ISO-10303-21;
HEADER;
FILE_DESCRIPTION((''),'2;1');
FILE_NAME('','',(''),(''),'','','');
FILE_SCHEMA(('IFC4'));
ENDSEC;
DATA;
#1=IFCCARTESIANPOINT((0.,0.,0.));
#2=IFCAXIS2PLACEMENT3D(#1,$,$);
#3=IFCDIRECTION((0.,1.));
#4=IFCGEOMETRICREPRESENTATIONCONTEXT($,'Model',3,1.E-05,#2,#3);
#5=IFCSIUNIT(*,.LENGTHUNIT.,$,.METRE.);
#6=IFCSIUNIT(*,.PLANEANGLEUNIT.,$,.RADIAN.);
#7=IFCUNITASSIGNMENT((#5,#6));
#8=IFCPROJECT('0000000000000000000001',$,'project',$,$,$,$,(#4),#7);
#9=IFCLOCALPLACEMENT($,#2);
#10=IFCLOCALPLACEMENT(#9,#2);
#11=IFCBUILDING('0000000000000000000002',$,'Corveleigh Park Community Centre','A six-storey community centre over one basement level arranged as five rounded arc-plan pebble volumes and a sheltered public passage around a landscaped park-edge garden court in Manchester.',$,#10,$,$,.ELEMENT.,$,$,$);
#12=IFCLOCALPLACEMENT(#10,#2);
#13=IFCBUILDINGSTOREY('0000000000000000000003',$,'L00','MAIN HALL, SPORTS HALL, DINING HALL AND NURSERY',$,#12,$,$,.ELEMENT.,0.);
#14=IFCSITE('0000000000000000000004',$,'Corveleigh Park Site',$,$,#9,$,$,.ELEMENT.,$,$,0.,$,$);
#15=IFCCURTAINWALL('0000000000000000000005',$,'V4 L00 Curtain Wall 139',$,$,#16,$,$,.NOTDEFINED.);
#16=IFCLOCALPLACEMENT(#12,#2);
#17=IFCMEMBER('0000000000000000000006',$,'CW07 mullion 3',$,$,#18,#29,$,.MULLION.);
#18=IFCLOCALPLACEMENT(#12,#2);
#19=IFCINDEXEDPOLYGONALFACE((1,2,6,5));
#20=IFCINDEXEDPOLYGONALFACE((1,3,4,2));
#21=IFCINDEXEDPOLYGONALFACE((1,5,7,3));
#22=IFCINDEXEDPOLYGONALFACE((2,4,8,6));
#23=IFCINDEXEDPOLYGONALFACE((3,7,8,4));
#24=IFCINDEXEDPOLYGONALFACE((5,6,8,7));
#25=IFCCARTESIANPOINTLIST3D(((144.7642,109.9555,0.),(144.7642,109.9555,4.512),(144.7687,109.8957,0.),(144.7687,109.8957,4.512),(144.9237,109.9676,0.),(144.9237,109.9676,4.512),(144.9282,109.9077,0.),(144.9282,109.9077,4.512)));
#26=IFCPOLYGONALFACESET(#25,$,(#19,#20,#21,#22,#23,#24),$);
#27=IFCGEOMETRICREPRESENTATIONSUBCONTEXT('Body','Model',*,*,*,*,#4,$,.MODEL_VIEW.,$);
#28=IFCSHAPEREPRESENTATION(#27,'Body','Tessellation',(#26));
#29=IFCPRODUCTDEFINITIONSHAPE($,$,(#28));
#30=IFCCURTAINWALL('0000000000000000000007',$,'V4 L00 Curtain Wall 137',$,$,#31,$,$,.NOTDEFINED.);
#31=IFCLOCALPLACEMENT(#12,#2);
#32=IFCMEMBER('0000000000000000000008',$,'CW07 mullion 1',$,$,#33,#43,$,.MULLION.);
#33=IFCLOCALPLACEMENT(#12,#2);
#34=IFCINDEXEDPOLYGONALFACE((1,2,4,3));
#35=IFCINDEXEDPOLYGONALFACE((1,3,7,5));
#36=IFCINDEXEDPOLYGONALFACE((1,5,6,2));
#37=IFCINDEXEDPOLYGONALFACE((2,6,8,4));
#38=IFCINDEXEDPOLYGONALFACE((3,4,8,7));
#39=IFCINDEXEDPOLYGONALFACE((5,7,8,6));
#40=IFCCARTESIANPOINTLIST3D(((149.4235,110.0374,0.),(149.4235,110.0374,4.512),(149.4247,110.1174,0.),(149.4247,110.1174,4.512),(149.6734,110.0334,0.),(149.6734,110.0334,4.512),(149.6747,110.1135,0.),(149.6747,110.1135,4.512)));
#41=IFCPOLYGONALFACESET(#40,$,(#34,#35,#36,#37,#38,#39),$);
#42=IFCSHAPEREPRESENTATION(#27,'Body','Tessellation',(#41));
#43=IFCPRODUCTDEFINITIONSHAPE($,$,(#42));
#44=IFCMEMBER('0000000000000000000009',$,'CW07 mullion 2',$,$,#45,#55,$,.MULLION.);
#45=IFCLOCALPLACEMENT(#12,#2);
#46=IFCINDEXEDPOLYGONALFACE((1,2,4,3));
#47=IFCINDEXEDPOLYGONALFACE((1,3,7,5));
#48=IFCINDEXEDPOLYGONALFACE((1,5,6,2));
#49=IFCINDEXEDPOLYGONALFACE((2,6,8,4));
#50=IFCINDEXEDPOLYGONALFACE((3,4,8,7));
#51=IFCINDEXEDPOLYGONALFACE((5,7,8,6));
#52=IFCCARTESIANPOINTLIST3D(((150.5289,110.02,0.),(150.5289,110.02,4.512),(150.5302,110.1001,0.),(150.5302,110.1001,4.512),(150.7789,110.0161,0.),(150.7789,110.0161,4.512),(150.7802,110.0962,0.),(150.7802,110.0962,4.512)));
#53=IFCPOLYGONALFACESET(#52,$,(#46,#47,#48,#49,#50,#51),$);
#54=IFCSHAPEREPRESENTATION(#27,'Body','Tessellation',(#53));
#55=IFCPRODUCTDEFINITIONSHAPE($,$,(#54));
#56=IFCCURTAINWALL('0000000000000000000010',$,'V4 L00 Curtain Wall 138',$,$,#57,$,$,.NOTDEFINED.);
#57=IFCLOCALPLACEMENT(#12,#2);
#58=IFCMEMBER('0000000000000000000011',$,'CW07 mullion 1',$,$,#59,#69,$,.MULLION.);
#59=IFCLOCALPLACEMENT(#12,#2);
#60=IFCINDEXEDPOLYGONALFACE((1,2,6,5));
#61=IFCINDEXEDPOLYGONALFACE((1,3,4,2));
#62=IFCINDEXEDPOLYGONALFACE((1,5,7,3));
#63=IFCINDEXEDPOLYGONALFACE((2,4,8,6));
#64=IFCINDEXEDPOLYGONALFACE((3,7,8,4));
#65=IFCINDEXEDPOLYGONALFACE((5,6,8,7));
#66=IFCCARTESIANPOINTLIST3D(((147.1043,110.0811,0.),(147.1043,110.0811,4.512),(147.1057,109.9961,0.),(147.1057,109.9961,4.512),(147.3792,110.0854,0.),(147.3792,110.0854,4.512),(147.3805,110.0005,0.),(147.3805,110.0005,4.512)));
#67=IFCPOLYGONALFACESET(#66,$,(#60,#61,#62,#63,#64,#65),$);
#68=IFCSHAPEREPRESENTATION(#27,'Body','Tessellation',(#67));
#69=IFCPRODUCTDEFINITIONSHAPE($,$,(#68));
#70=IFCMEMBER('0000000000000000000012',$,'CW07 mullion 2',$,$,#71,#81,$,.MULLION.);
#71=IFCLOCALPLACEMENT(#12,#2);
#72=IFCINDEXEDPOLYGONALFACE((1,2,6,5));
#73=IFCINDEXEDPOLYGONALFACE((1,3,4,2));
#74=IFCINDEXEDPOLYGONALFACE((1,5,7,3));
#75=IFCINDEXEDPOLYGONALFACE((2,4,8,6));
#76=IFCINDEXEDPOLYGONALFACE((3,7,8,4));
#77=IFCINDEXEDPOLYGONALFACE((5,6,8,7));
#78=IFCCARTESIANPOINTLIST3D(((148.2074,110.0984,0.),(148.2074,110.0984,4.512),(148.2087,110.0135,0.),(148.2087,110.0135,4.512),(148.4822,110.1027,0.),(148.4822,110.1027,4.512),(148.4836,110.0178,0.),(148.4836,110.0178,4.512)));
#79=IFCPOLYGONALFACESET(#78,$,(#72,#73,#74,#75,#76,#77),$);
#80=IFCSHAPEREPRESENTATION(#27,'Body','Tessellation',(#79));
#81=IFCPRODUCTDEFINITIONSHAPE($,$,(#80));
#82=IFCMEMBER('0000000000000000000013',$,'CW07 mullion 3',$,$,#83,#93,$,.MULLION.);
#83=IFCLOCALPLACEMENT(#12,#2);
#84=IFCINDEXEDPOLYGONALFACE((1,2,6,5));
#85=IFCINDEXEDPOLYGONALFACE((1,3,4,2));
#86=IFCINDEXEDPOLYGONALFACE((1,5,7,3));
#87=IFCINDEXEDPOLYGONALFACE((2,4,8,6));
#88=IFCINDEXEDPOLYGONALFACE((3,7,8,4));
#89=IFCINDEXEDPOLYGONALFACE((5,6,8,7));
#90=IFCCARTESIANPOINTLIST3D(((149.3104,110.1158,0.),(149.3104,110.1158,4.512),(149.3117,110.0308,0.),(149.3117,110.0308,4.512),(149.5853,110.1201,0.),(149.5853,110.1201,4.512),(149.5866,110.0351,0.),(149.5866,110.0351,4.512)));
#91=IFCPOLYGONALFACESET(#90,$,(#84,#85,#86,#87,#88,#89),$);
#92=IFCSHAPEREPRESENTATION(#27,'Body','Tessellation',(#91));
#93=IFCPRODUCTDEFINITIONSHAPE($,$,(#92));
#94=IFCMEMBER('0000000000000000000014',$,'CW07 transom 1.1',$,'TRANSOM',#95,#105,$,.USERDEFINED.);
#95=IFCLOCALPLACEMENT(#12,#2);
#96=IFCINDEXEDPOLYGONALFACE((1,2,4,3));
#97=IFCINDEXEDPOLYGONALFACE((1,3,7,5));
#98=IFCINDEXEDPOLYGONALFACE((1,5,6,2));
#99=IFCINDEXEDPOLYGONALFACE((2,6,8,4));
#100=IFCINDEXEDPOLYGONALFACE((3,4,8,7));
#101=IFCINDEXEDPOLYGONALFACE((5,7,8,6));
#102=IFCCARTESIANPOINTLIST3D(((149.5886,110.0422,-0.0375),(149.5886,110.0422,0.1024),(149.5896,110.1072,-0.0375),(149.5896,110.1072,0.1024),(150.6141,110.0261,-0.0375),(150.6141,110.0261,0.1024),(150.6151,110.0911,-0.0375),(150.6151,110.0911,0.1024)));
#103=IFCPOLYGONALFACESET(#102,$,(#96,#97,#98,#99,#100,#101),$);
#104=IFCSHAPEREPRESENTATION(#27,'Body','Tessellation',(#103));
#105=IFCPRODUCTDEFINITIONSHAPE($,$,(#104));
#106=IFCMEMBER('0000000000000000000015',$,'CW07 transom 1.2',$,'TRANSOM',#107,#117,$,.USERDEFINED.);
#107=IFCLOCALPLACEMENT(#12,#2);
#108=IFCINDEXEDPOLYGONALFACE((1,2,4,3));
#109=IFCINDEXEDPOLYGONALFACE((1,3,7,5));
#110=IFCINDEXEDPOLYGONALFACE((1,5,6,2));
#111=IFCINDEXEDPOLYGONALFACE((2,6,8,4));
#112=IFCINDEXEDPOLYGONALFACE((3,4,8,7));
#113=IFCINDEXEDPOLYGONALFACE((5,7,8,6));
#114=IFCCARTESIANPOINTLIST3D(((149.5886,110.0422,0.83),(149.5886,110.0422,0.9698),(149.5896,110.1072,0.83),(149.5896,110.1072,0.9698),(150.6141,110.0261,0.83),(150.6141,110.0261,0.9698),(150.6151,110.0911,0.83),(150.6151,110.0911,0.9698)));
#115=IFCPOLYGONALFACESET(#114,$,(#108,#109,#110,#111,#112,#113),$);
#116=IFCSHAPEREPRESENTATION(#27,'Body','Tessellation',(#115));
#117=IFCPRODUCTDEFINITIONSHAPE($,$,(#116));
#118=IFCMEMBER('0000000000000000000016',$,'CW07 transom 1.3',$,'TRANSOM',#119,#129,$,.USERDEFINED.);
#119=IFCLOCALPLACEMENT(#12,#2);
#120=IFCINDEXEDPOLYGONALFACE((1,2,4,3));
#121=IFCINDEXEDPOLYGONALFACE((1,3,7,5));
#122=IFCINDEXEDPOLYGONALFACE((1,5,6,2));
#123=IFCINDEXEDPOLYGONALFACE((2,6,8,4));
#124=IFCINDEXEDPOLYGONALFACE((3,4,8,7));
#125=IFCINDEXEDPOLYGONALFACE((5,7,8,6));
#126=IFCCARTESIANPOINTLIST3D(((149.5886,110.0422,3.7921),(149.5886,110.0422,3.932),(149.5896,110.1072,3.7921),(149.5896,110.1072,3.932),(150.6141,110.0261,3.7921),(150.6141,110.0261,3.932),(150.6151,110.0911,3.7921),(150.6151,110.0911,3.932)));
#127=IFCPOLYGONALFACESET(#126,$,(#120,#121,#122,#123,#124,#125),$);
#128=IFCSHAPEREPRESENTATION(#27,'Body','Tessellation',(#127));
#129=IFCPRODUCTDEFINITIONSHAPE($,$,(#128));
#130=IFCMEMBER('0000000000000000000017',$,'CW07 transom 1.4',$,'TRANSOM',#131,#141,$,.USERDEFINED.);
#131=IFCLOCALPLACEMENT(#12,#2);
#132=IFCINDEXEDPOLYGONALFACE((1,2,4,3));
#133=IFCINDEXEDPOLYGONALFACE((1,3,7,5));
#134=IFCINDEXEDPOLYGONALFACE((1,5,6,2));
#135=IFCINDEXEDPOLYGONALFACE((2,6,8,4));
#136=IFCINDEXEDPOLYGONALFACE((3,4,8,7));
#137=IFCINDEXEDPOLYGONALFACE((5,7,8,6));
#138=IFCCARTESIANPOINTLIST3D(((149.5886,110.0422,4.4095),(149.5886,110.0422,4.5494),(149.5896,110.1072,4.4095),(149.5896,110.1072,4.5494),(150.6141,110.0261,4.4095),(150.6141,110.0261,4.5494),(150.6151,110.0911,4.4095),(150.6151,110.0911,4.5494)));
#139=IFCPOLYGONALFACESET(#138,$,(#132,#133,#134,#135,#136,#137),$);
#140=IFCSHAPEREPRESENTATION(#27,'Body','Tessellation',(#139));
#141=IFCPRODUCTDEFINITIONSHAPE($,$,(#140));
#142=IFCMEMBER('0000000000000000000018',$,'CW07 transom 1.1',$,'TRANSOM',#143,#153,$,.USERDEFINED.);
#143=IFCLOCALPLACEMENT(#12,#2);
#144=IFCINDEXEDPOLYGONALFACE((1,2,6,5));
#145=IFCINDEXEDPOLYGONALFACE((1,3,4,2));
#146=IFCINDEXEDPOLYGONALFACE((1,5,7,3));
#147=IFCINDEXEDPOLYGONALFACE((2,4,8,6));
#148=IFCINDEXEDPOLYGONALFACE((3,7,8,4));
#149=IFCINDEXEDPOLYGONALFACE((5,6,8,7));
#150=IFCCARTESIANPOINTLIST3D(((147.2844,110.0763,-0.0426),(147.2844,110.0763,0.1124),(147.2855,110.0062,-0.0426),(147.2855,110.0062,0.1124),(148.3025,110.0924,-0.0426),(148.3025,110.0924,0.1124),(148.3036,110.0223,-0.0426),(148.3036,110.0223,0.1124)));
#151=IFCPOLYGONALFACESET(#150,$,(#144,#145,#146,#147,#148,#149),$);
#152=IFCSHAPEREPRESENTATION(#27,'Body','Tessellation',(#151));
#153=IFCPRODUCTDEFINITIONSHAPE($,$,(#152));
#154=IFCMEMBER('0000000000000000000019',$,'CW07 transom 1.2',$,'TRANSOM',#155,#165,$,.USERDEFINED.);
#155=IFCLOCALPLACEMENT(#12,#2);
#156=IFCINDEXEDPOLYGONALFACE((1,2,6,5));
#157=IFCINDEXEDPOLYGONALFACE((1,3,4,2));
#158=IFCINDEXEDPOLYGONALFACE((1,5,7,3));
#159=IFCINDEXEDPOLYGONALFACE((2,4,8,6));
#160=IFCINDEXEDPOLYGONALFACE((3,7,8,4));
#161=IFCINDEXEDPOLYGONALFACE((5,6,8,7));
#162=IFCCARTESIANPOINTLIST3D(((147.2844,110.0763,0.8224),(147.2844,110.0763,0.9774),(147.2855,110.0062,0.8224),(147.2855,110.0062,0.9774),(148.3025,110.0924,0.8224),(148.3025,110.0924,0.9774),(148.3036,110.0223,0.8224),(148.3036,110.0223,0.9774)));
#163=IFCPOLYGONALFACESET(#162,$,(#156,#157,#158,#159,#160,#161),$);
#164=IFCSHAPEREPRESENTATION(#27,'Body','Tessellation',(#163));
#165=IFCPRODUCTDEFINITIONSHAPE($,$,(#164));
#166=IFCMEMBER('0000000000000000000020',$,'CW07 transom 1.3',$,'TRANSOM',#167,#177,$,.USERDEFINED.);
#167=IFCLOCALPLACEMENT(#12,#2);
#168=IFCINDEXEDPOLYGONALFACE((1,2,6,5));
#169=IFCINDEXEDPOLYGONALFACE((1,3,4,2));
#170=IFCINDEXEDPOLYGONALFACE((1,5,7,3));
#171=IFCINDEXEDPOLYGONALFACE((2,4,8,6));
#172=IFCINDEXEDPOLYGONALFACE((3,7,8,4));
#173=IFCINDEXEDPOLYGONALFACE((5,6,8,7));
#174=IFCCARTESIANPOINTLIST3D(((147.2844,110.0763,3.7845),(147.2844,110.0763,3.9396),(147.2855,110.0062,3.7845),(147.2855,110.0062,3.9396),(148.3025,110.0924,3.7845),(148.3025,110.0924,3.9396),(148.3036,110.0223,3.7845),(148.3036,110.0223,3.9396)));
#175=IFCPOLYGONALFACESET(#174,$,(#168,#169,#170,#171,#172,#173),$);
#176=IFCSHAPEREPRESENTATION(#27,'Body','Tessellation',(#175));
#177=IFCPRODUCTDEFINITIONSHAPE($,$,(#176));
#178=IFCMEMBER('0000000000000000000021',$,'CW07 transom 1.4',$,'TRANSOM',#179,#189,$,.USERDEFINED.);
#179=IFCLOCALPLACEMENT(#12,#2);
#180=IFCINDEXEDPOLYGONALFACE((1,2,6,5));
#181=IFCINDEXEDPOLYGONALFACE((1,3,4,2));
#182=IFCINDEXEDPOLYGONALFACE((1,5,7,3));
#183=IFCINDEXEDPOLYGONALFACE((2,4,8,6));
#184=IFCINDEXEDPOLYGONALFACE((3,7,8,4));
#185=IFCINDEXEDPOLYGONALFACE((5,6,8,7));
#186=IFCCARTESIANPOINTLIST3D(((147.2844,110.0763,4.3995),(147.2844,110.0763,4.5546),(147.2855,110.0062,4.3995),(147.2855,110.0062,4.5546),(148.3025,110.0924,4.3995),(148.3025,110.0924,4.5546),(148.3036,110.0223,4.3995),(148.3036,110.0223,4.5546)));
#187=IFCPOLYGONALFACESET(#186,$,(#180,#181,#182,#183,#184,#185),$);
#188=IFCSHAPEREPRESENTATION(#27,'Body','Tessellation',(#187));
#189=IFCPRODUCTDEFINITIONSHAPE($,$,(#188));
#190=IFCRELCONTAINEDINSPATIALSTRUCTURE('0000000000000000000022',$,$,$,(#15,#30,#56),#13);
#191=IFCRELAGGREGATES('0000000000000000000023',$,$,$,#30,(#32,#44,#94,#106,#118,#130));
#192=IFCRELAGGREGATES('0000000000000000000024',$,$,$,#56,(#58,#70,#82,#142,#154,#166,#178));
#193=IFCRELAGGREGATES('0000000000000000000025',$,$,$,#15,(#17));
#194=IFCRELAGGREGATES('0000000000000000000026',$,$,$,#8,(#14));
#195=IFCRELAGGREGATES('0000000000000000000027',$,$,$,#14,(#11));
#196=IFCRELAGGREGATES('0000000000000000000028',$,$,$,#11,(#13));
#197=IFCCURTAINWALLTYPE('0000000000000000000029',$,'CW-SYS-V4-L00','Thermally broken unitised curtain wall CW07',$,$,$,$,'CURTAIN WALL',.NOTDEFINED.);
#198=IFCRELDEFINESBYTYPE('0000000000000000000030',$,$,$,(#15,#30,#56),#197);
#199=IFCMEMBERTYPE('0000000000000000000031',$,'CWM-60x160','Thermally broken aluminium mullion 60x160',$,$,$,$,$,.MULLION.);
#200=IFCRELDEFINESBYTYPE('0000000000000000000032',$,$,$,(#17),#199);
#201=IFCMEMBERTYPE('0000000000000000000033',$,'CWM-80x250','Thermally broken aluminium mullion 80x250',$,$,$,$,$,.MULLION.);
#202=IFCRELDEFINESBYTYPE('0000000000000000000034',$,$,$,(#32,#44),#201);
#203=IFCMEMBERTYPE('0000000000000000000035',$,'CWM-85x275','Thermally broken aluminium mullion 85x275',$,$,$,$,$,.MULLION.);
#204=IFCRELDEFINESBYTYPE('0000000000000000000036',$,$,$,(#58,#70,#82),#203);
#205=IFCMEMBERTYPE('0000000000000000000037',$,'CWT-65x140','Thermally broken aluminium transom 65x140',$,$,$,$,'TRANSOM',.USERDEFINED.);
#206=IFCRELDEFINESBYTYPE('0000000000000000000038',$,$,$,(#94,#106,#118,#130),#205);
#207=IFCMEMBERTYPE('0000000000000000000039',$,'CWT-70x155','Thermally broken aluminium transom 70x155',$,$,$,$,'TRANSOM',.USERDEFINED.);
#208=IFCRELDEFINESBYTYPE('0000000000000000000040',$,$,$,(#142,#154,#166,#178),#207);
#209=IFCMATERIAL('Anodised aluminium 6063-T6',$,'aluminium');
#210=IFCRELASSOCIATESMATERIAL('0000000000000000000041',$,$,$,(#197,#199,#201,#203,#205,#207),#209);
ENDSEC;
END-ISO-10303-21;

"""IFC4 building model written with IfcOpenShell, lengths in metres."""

from ifc_helpers import new_model, si_unit, direction, frame, origin, origin_2d, place, context, subcontext, project, spatial, rectangle, extrude, material, material_profile, profile_set, type_object, element, aggregate, save


model = new_model("IFC4")

# Units and contexts
model_context = context("Model", 3, precision=1e-05, world=origin(), true_north=direction((0.0, 1.0)))
body_context = subcontext(model_context, "Body", "Model", "MODEL_VIEW")
ifc_project = project(units=[si_unit("LENGTHUNIT", "METRE"), si_unit("PLANEANGLEUNIT", "RADIAN")], contexts=[model_context])

# Site, building, storey
site_placement = place(None, origin())
site = spatial("IfcSite", under=ifc_project, at=site_placement, Name="Corveleigh Park Site", CompositionType="ELEMENT", RefElevation=0.0)
building_placement = place(site_placement, origin())
building = spatial("IfcBuilding", under=site, at=building_placement, Name="Corveleigh Park Community Centre", Description="A six-storey community centre over one basement level arranged as five rounded arc-plan pebble volumes and a sheltered public passage around a landscaped park-edge garden court in Manchester.", CompositionType="ELEMENT")
storey_placement = place(building_placement, origin())
storey = spatial("IfcBuildingStorey", under=building, at=storey_placement, Name="L00", Description="MAIN HALL, SPORTS HALL, DINING HALL AND NURSERY", CompositionType="ELEMENT", Elevation=0.0)

# Curtain wall, member
ifc_material_1 = material(Name="Anodised aluminium 6063-T6", Category="aluminium")
curtain_wall_type = type_object("IfcCurtainWallType", Name="CW-SYS-V4-L00", Description="Thermally broken unitised curtain wall CW07", ElementType="CURTAIN WALL", PredefinedType="NOTDEFINED", material=ifc_material_1)
curtain_wall_1_placement = place(storey_placement, origin())
curtain_wall_1 = element("IfcCurtainWall", 1, at=curtain_wall_1_placement, inside=storey, type_object=curtain_wall_type, Name="V4 L00 Curtain Wall 139", PredefinedType="NOTDEFINED")
ifc_material_profile_1 = material_profile(ifc_material_1, rectangle(XDim=0.0601, YDim=0.1599, at=origin_2d()), Name="ALU-M60x160", Category="aluminium")
ifc_profile_set_1 = profile_set([ifc_material_profile_1], Name="Anodised aluminium 6063-T6")
member_type_1 = type_object("IfcMemberType", Name="CWM-60x160", Description="Thermally broken aluminium mullion 60x160", PredefinedType="MULLION", material=ifc_profile_set_1)
member_1_placement = place(storey_placement, frame((144.8462, 109.9316, 0.0), z_axis=(0.0, 0.0, 1.0), x_axis=(-0.075528, 0.997144, 0.0)))
member_1 = element("IfcMember", 2, at=member_1_placement, type_object=member_type_1, Name="CW07 mullion 3", PredefinedType="MULLION", context=body_context, shape_type="SweptSolid", body=[
    extrude(rectangle(XDim=0.0601, YDim=0.1599, at=origin_2d()), origin(), (0.0, 0.0, 1.0), 4.512),
])

# Curtain walls, members
curtain_wall_2_placement = place(storey_placement, origin())
curtain_wall_2 = element("IfcCurtainWall", 3, at=curtain_wall_2_placement, inside=storey, type_object=curtain_wall_type, Name="V4 L00 Curtain Wall 137", PredefinedType="NOTDEFINED")
ifc_material_profile_2 = material_profile(ifc_material_1, rectangle(XDim=0.0801, YDim=0.25, at=origin_2d()), Name="ALU-M80x250", Category="aluminium")
ifc_profile_set_2 = profile_set([ifc_material_profile_2], Name="Anodised aluminium 6063-T6")
member_type_2 = type_object("IfcMemberType", Name="CWM-80x250", Description="Thermally broken aluminium mullion 80x250", PredefinedType="MULLION", material=ifc_profile_set_2)
member_2_placement = place(storey_placement, frame((149.5491, 110.0754, 0.0), z_axis=(0.0, 0.0, 1.0), x_axis=(0.015712, 0.999877, 0.0)))
member_2 = element("IfcMember", 4, at=member_2_placement, type_object=member_type_2, Name="CW07 mullion 1", PredefinedType="MULLION", context=body_context, shape_type="SweptSolid", body=[
    extrude(rectangle(XDim=0.0801, YDim=0.25, at=origin_2d()), origin(), (0.0, 0.0, 1.0), 4.512),
])
member_3_placement = place(storey_placement, frame((150.6545, 110.0581, 0.0), z_axis=(0.0, 0.0, 1.0), x_axis=(0.015712, 0.999877, 0.0)))
member_3 = element("IfcMember", 5, at=member_3_placement, type_object=member_type_2, Name="CW07 mullion 2", PredefinedType="MULLION", context=body_context, shape_type="SweptSolid", body=[
    extrude(rectangle(XDim=0.0801, YDim=0.25, at=origin_2d()), origin(), (0.0, 0.0, 1.0), 4.512),
])
curtain_wall_3_placement = place(storey_placement, origin())
curtain_wall_3 = element("IfcCurtainWall", 6, at=curtain_wall_3_placement, inside=storey, type_object=curtain_wall_type, Name="V4 L00 Curtain Wall 138", PredefinedType="NOTDEFINED")
ifc_material_profile_3 = material_profile(ifc_material_1, rectangle(XDim=0.085, YDim=0.2749, at=origin_2d()), Name="ALU-M85x275", Category="aluminium")
ifc_profile_set_3 = profile_set([ifc_material_profile_3], Name="Anodised aluminium 6063-T6")
member_type_3 = type_object("IfcMemberType", Name="CWM-85x275", Description="Thermally broken aluminium mullion 85x275", PredefinedType="MULLION", material=ifc_profile_set_3)
member_4_placement = place(storey_placement, frame((147.2424, 110.0408, 0.0), z_axis=(0.0, 0.0, 1.0), x_axis=(-0.015712, 0.999877, 0.0)))
member_4 = element("IfcMember", 7, at=member_4_placement, type_object=member_type_3, Name="CW07 mullion 1", PredefinedType="MULLION", context=body_context, shape_type="SweptSolid", body=[
    extrude(rectangle(XDim=0.085, YDim=0.2749, at=origin_2d()), origin(), (0.0, 0.0, 1.0), 4.512),
])
member_5_placement = place(storey_placement, frame((148.3455, 110.0581, 0.0), z_axis=(0.0, 0.0, 1.0), x_axis=(-0.015712, 0.999877, 0.0)))
member_5 = element("IfcMember", 8, at=member_5_placement, type_object=member_type_3, Name="CW07 mullion 2", PredefinedType="MULLION", context=body_context, shape_type="SweptSolid", body=[
    extrude(rectangle(XDim=0.085, YDim=0.2749, at=origin_2d()), origin(), (0.0, 0.0, 1.0), 4.512),
])
member_6_placement = place(storey_placement, frame((149.4485, 110.0754, 0.0), z_axis=(0.0, 0.0, 1.0), x_axis=(-0.015712, 0.999877, 0.0)))
member_6 = element("IfcMember", 9, at=member_6_placement, type_object=member_type_3, Name="CW07 mullion 3", PredefinedType="MULLION", context=body_context, shape_type="SweptSolid", body=[
    extrude(rectangle(XDim=0.085, YDim=0.2749, at=origin_2d()), origin(), (0.0, 0.0, 1.0), 4.512),
])

# Members
ifc_material_profile_4 = material_profile(ifc_material_1, rectangle(XDim=0.0649, YDim=0.1399, at=origin_2d()), Name="ALU-T65x140", Category="aluminium")
ifc_profile_set_4 = profile_set([ifc_material_profile_4], Name="Anodised aluminium 6063-T6")
member_type_4 = type_object("IfcMemberType", Name="CWT-65x140", Description="Thermally broken aluminium transom 65x140", ElementType="TRANSOM", PredefinedType="USERDEFINED", material=ifc_profile_set_4)
member_7_placement = place(storey_placement, frame((149.5891, 110.0747, 0.0325), z_axis=(0.999877, -0.015712, 0.0), x_axis=(0.015712, 0.999877, 0.0)))
member_7 = element("IfcMember", 10, at=member_7_placement, type_object=member_type_4, Name="CW07 transom 1.1", ObjectType="TRANSOM", PredefinedType="USERDEFINED", context=body_context, shape_type="SweptSolid", body=[
    extrude(rectangle(XDim=0.0649, YDim=0.1399, at=origin_2d()), origin(), (0.0, 0.0, 1.0), 1.0256),
])
member_8_placement = place(storey_placement, frame((149.5891, 110.0747, 0.8999), z_axis=(0.999877, -0.015712, 0.0), x_axis=(0.015712, 0.999877, 0.0)))
member_8 = element("IfcMember", 11, at=member_8_placement, type_object=member_type_4, Name="CW07 transom 1.2", ObjectType="TRANSOM", PredefinedType="USERDEFINED", context=body_context, shape_type="SweptSolid", body=[
    extrude(rectangle(XDim=0.0649, YDim=0.1399, at=origin_2d()), origin(), (0.0, 0.0, 1.0), 1.0256),
])
member_9_placement = place(storey_placement, frame((149.5891, 110.0747, 3.8621), z_axis=(0.999877, -0.015712, 0.0), x_axis=(0.015712, 0.999877, 0.0)))
member_9 = element("IfcMember", 12, at=member_9_placement, type_object=member_type_4, Name="CW07 transom 1.3", ObjectType="TRANSOM", PredefinedType="USERDEFINED", context=body_context, shape_type="SweptSolid", body=[
    extrude(rectangle(XDim=0.0649, YDim=0.1399, at=origin_2d()), origin(), (0.0, 0.0, 1.0), 1.0256),
])
member_10_placement = place(storey_placement, frame((149.5891, 110.0747, 4.4795), z_axis=(0.999877, -0.015712, 0.0), x_axis=(0.015712, 0.999877, 0.0)))
member_10 = element("IfcMember", 13, at=member_10_placement, type_object=member_type_4, Name="CW07 transom 1.4", ObjectType="TRANSOM", PredefinedType="USERDEFINED", context=body_context, shape_type="SweptSolid", body=[
    extrude(rectangle(XDim=0.0649, YDim=0.1399, at=origin_2d()), origin(), (0.0, 0.0, 1.0), 1.0256),
])
ifc_material_profile_5 = material_profile(ifc_material_1, rectangle(XDim=0.0701, YDim=0.155, at=origin_2d()), Name="ALU-T70x155", Category="aluminium")
ifc_profile_set_5 = profile_set([ifc_material_profile_5], Name="Anodised aluminium 6063-T6")
member_type_5 = type_object("IfcMemberType", Name="CWT-70x155", Description="Thermally broken aluminium transom 70x155", ElementType="TRANSOM", PredefinedType="USERDEFINED", material=ifc_profile_set_5)
member_11_placement = place(storey_placement, frame((147.2849, 110.0413, 0.0349), z_axis=(0.999875, 0.015825, 0.0), x_axis=(-0.015825, 0.999875, 0.0)))
member_11 = element("IfcMember", 14, at=member_11_placement, type_object=member_type_5, Name="CW07 transom 1.1", ObjectType="TRANSOM", PredefinedType="USERDEFINED", context=body_context, shape_type="SweptSolid", body=[
    extrude(rectangle(XDim=0.0701, YDim=0.155, at=origin_2d()), origin(), (0.0, 0.0, 1.0), 1.0183),
])
member_12_placement = place(storey_placement, frame((147.2849, 110.0413, 0.8999), z_axis=(0.999875, 0.015825, 0.0), x_axis=(-0.015825, 0.999875, 0.0)))
member_12 = element("IfcMember", 15, at=member_12_placement, type_object=member_type_5, Name="CW07 transom 1.2", ObjectType="TRANSOM", PredefinedType="USERDEFINED", context=body_context, shape_type="SweptSolid", body=[
    extrude(rectangle(XDim=0.0701, YDim=0.155, at=origin_2d()), origin(), (0.0, 0.0, 1.0), 1.0183),
])
member_13_placement = place(storey_placement, frame((147.2849, 110.0413, 3.8621), z_axis=(0.999875, 0.015825, 0.0), x_axis=(-0.015825, 0.999875, 0.0)))
member_13 = element("IfcMember", 16, at=member_13_placement, type_object=member_type_5, Name="CW07 transom 1.3", ObjectType="TRANSOM", PredefinedType="USERDEFINED", context=body_context, shape_type="SweptSolid", body=[
    extrude(rectangle(XDim=0.0701, YDim=0.155, at=origin_2d()), origin(), (0.0, 0.0, 1.0), 1.0183),
])
member_14_placement = place(storey_placement, frame((147.2849, 110.0413, 4.4771), z_axis=(0.999875, 0.015825, 0.0), x_axis=(-0.015825, 0.999875, 0.0)))
member_14 = element("IfcMember", 17, at=member_14_placement, type_object=member_type_5, Name="CW07 transom 1.4", ObjectType="TRANSOM", PredefinedType="USERDEFINED", context=body_context, shape_type="SweptSolid", body=[
    extrude(rectangle(XDim=0.0701, YDim=0.155, at=origin_2d()), origin(), (0.0, 0.0, 1.0), 1.0183),
])

aggregate(curtain_wall_2, [member_2, member_3, member_7, member_8, member_9, member_10])
aggregate(curtain_wall_3, [member_4, member_5, member_6, member_11, member_12, member_13, member_14])
aggregate(curtain_wall_1, [member_1])

save(model, "model.ifc")
